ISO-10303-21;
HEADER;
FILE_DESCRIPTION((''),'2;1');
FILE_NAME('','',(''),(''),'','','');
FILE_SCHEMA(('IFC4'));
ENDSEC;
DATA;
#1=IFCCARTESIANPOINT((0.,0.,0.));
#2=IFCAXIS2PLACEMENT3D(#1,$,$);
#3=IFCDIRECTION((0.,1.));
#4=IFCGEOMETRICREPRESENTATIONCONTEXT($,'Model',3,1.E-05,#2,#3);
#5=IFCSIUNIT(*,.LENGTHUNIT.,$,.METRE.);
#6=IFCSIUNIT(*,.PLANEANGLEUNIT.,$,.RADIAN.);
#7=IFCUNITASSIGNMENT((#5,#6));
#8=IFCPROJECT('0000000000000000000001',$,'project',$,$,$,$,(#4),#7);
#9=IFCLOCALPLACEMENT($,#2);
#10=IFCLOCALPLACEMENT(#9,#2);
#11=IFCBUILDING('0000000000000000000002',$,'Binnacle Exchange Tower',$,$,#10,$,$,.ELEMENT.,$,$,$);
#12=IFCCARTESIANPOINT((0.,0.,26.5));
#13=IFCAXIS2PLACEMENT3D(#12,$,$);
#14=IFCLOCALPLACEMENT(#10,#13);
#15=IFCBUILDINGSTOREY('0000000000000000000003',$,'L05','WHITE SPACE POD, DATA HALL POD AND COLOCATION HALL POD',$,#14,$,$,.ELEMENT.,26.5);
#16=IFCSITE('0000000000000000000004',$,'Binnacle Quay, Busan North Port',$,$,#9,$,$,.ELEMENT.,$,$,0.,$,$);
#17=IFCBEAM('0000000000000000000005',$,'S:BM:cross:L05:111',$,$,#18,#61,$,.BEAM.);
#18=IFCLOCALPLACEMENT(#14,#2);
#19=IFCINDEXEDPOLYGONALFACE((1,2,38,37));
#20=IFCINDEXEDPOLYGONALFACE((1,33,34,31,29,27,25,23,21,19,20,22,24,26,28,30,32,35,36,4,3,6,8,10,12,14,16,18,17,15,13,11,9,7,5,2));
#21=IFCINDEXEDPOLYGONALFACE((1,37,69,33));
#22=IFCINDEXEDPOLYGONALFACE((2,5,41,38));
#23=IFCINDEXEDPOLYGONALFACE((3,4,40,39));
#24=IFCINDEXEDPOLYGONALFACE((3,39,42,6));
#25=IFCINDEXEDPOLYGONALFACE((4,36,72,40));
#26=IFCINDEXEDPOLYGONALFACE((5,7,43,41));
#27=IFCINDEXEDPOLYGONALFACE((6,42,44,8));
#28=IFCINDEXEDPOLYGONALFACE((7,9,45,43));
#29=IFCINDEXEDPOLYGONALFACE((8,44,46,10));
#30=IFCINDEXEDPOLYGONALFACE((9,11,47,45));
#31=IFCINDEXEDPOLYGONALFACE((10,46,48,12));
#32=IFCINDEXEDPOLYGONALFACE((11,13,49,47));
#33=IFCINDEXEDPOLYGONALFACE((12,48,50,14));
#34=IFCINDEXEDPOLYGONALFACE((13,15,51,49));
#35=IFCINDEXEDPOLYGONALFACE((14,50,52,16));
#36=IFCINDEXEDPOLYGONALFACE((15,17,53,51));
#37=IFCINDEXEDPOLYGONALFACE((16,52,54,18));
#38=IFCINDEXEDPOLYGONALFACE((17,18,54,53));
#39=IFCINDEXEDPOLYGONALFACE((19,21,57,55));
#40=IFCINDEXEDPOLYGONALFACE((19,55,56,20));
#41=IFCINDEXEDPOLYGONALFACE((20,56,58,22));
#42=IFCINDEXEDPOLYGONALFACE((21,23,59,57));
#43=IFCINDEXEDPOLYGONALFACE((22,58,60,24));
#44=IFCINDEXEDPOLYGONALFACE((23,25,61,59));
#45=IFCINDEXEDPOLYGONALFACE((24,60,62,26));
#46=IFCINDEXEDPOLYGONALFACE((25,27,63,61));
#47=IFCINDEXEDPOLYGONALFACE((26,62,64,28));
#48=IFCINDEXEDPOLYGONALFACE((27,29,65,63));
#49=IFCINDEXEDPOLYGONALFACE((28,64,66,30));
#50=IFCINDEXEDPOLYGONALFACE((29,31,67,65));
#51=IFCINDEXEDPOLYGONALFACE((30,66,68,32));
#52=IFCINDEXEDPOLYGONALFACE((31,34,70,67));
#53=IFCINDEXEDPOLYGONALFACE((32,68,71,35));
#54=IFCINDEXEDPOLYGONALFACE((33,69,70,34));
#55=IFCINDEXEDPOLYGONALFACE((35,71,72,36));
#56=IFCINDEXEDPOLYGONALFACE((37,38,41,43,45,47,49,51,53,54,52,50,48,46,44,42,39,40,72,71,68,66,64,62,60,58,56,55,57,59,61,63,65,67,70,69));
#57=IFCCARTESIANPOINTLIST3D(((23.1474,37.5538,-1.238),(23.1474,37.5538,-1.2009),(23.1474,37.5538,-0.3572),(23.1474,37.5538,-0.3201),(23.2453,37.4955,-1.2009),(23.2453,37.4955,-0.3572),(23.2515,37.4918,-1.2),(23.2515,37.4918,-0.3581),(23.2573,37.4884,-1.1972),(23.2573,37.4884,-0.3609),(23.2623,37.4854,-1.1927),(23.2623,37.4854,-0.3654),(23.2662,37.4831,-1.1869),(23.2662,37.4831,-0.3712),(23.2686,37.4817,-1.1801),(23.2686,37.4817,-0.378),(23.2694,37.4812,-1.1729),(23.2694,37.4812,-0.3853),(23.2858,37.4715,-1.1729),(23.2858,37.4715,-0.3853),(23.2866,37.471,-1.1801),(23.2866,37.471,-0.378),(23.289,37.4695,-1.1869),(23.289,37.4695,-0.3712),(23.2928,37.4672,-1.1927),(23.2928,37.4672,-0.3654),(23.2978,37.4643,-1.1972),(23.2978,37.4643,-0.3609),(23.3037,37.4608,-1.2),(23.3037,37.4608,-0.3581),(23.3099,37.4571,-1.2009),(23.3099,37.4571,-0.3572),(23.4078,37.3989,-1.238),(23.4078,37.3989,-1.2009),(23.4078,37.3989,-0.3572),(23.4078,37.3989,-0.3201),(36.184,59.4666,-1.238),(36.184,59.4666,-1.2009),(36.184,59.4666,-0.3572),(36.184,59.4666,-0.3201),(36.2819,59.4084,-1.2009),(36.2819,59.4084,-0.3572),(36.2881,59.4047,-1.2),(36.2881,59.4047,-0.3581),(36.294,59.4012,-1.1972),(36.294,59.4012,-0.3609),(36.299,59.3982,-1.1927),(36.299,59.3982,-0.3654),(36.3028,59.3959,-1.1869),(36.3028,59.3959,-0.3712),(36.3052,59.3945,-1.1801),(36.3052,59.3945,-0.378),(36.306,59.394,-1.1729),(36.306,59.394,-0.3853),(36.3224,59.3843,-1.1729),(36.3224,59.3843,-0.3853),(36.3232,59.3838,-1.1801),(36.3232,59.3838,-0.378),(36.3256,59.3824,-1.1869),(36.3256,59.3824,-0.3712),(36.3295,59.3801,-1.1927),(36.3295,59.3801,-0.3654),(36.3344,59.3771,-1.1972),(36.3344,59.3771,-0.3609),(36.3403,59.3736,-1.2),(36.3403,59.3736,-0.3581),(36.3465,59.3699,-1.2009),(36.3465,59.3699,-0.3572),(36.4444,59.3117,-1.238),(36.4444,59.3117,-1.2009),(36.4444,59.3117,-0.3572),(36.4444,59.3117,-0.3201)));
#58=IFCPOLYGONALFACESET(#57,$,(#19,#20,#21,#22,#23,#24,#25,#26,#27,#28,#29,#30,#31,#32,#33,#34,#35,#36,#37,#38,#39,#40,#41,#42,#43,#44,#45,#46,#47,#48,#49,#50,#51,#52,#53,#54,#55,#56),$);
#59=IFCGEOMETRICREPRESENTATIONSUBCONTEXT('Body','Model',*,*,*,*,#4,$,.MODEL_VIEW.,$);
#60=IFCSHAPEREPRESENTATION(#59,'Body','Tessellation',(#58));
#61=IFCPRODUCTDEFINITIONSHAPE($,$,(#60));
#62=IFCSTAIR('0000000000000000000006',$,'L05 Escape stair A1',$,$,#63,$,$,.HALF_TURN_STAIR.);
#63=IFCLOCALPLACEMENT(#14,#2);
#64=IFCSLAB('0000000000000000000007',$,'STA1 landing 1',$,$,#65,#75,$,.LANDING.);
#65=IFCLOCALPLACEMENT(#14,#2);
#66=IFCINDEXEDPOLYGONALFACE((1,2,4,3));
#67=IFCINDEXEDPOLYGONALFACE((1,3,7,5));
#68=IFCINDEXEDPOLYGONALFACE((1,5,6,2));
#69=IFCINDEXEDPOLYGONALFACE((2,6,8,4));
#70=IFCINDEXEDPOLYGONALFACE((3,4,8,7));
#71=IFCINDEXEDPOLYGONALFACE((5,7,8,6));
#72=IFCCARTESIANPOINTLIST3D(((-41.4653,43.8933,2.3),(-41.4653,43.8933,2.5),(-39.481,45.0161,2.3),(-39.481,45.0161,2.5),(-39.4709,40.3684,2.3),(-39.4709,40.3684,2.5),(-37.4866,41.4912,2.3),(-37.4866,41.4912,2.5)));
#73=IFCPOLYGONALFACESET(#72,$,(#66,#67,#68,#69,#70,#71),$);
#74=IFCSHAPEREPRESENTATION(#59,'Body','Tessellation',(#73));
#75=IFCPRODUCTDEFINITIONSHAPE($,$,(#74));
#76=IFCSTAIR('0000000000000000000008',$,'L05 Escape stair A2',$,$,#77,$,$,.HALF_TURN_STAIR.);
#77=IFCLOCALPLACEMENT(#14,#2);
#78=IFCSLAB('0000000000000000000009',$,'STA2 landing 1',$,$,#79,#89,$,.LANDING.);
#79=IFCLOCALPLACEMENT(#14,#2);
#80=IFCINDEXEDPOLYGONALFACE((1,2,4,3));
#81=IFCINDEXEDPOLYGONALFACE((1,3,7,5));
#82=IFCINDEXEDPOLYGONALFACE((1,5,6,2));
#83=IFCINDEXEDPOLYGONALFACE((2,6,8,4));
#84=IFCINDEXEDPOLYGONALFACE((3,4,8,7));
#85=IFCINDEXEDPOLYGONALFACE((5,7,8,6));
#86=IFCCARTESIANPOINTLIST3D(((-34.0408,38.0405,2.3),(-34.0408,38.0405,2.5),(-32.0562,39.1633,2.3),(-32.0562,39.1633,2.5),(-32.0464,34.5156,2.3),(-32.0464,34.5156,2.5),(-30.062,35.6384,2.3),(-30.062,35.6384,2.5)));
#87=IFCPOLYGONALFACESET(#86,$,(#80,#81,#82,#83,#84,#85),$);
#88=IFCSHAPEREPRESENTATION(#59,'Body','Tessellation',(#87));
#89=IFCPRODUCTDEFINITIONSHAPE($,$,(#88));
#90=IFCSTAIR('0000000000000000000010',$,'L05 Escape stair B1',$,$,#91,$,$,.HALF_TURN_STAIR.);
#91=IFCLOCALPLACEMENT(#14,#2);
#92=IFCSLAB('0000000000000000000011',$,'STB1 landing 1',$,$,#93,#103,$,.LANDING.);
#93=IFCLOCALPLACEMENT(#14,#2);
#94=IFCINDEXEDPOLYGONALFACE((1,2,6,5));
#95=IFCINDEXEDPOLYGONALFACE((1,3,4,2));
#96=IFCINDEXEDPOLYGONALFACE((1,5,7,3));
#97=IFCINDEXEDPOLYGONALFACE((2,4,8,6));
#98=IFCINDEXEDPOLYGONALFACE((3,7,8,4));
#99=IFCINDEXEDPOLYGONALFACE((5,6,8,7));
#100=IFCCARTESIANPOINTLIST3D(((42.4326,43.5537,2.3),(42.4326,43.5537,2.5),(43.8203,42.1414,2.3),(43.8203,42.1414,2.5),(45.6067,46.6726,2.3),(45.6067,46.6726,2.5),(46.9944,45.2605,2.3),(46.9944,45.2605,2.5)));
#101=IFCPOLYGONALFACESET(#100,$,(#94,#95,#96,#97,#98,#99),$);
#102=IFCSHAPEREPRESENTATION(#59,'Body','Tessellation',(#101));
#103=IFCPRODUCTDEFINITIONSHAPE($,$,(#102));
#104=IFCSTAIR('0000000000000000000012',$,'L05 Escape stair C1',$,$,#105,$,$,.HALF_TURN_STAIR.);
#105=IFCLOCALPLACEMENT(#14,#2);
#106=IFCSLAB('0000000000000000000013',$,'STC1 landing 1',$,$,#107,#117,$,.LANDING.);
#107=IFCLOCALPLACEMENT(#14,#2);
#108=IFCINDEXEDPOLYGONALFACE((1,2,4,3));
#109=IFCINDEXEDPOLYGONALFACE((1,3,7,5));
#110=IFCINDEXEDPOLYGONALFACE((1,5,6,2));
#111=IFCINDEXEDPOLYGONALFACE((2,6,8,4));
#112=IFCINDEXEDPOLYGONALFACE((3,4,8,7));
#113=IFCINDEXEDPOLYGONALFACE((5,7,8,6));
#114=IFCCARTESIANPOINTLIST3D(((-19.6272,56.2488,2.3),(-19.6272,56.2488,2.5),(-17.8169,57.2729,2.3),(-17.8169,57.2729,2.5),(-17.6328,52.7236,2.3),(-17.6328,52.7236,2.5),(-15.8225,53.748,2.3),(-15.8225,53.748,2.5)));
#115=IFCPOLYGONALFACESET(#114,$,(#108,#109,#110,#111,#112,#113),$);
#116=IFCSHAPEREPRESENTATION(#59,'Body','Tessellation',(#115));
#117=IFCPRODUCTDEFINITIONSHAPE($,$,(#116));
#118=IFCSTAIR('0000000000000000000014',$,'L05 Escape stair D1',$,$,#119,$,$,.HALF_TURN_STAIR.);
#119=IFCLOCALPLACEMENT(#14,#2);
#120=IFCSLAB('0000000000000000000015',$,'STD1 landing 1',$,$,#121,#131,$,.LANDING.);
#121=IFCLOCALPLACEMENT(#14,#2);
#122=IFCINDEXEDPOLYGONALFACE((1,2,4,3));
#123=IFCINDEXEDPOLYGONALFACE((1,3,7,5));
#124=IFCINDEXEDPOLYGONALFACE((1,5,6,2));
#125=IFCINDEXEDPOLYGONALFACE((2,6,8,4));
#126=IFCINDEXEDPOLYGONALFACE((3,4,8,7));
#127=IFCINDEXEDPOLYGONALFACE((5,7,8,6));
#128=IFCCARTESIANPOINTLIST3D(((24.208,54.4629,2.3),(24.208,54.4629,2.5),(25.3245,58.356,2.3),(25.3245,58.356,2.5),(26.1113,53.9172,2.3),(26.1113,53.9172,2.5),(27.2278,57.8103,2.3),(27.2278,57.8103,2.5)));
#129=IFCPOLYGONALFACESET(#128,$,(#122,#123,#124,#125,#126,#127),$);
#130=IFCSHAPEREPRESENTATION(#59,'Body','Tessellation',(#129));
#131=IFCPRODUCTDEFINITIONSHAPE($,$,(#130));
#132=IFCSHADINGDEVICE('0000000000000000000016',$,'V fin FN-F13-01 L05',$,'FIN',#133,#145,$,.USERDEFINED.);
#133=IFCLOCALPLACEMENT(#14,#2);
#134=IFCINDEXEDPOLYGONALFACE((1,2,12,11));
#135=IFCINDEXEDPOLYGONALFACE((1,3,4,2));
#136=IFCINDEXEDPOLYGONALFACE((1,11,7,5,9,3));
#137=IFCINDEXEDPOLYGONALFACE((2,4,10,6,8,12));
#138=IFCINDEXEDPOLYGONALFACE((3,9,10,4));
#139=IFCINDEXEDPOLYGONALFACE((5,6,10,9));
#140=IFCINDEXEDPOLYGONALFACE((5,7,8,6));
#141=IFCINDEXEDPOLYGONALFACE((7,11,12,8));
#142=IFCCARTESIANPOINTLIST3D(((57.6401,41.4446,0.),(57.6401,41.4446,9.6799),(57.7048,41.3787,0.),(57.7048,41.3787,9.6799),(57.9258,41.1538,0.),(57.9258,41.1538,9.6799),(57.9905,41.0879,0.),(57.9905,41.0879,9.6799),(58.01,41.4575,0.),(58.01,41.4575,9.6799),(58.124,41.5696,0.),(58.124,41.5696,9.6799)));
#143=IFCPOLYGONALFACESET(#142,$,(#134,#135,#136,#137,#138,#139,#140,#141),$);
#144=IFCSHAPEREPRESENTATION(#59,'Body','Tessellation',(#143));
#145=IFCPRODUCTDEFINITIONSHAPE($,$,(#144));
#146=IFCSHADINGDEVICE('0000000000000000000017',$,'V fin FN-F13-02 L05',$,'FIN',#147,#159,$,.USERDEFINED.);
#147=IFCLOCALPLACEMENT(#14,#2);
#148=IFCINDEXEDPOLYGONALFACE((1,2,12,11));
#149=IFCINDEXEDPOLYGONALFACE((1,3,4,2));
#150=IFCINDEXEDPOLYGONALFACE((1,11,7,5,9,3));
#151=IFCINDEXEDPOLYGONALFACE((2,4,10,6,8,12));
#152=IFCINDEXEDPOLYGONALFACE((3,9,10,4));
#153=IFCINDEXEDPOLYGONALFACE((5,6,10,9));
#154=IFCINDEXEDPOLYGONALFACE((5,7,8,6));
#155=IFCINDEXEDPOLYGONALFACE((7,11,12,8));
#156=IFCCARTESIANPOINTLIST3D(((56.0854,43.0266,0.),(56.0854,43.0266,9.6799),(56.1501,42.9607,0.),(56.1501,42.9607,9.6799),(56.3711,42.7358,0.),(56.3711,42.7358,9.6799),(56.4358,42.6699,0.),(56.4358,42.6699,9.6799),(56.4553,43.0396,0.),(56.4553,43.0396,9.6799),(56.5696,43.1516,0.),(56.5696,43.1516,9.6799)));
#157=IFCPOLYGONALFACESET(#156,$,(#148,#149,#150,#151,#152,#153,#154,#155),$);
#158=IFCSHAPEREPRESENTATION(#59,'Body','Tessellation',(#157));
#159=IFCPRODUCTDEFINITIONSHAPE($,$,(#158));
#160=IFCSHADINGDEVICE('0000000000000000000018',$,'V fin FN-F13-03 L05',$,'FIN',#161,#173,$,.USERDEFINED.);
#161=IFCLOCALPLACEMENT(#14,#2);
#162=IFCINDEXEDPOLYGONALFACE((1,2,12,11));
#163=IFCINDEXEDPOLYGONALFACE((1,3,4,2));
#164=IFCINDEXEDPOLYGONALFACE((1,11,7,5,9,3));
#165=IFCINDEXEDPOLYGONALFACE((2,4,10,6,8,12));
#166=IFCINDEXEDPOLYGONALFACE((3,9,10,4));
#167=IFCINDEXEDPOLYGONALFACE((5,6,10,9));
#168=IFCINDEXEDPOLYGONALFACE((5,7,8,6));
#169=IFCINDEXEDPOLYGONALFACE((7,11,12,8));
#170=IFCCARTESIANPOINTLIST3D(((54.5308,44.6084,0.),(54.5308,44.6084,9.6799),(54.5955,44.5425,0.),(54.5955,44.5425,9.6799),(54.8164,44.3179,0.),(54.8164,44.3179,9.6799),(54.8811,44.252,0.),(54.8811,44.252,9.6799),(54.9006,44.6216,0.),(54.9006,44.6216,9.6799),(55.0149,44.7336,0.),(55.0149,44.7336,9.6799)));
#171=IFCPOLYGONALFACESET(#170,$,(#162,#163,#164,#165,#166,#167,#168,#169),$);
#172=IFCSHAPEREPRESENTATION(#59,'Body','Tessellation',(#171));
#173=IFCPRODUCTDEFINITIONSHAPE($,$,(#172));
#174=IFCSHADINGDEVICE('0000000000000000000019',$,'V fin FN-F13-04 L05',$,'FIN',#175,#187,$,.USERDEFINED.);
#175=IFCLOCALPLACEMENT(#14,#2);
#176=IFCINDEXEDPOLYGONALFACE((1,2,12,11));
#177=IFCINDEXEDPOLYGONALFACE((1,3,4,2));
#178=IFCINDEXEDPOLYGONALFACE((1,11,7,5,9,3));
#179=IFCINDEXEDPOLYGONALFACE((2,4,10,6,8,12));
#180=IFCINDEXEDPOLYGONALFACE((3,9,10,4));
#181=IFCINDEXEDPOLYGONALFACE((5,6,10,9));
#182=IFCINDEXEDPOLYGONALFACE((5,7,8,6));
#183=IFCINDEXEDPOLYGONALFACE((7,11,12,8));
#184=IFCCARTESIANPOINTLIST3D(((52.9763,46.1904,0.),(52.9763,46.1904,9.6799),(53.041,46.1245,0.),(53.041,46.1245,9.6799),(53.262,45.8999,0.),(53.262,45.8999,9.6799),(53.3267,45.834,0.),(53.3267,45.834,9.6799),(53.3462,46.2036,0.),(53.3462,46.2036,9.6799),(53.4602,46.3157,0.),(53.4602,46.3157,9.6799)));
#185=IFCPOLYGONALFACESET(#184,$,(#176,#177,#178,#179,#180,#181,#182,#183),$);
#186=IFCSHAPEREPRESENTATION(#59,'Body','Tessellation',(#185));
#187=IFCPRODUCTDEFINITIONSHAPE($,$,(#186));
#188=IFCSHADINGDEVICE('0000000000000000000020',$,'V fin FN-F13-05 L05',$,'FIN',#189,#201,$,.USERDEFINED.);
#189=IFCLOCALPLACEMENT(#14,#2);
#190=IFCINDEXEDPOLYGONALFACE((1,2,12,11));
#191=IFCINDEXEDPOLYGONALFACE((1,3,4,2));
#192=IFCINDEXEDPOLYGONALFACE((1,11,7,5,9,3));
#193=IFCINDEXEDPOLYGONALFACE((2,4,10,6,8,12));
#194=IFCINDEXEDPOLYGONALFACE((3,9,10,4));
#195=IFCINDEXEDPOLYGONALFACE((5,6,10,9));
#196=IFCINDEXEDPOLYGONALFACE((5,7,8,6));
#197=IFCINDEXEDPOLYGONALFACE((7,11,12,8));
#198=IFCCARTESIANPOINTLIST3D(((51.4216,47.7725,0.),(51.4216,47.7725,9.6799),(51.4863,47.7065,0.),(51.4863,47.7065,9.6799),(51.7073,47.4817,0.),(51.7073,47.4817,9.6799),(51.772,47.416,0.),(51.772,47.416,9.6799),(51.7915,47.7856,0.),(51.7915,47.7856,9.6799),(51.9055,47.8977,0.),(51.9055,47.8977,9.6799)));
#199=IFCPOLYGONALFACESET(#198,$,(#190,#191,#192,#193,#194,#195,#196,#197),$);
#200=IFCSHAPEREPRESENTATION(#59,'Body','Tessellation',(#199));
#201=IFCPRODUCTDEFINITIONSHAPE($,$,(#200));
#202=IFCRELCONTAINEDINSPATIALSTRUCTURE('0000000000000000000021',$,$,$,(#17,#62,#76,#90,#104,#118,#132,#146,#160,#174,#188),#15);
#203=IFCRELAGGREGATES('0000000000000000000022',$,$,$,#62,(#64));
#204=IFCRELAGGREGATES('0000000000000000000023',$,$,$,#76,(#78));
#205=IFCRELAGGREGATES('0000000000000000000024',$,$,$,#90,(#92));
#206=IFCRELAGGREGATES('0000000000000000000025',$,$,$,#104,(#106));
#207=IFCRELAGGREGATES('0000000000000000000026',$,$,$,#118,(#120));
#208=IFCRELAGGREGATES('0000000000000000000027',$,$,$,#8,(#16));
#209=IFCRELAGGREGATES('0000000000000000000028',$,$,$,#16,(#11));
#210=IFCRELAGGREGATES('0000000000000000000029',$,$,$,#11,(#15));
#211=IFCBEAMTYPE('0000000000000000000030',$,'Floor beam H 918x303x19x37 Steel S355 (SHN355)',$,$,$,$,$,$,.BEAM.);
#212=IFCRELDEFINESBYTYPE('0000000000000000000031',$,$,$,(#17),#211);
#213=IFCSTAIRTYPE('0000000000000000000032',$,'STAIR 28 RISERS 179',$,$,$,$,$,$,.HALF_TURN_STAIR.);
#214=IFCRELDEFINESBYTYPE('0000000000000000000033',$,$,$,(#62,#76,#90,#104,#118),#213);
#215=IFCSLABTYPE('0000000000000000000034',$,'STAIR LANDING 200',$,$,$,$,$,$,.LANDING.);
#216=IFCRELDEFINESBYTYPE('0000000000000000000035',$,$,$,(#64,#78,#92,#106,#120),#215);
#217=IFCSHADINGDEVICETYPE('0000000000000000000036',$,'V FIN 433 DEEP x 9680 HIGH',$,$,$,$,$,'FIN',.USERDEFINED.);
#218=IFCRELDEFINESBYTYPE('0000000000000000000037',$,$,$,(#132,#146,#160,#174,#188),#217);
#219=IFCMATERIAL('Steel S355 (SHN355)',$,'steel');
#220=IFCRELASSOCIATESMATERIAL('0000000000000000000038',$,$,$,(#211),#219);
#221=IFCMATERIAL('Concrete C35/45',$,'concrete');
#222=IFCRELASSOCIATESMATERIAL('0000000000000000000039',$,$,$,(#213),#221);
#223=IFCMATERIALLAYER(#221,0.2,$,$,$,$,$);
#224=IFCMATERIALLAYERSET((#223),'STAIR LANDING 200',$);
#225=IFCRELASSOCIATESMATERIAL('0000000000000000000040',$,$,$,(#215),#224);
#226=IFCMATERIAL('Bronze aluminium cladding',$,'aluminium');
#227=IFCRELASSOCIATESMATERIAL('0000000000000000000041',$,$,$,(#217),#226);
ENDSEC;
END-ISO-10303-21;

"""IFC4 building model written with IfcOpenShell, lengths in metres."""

from ifc_helpers import new_model, si_unit, direction, frame, origin, origin_2d, place, context, subcontext, project, spatial, polyline, i_section, outline, extrude, material, layer, layer_set, material_profile, profile_set, type_object, element, aggregate, save


model = new_model("IFC4")

# Units and contexts
model_context = context("Model", 3, precision=1e-05, world=origin(), true_north=direction((0.0, 1.0)))
body_context = subcontext(model_context, "Body", "Model", "MODEL_VIEW")
ifc_project = project(units=[si_unit("LENGTHUNIT", "METRE"), si_unit("PLANEANGLEUNIT", "RADIAN")], contexts=[model_context])

# Site, building, storey
site_placement = place(None, origin())
site = spatial("IfcSite", under=ifc_project, at=site_placement, Name="Binnacle Quay, Busan North Port", CompositionType="ELEMENT", RefElevation=0.0)
building_placement = place(site_placement, origin())
building = spatial("IfcBuilding", under=site, at=building_placement, Name="Binnacle Exchange Tower", CompositionType="ELEMENT")
storey_placement = place(building_placement, frame((0.0, 0.0, 26.5)))
storey = spatial("IfcBuildingStorey", under=building, at=storey_placement, Name="L05", Description="WHITE SPACE POD, DATA HALL POD AND COLOCATION HALL POD", CompositionType="ELEMENT", Elevation=26.5)

# Beam
ifc_material_1 = material(Name="Steel S355 (SHN355)", Category="steel")
ifc_material_profile_1 = material_profile(ifc_material_1, i_section(OverallWidth=0.303, OverallDepth=0.918, WebThickness=0.019, FlangeThickness=0.0371, FilletRadius=0.0281, at=origin_2d()), Name="H 918x303x19x37")
ifc_profile_set_1 = profile_set([ifc_material_profile_1], Name="Steel S355 (SHN355)")
beam_type_1 = type_object("IfcBeamType", Name="Floor beam H 918x303x19x37 Steel S355 (SHN355)", PredefinedType="BEAM", material=ifc_profile_set_1)
beam_1_placement = place(storey_placement, frame((23.2776, 37.4763, -0.7791), z_axis=(0.511289, 0.859409, 0.0), x_axis=(-0.859409, 0.511289, 0.0)))
element("IfcBeam", 1, at=beam_1_placement, inside=storey, type_object=beam_type_1, Name="S:BM:cross:L05:111", PredefinedType="BEAM", context=body_context, shape_type="SweptSolid", body=[
    extrude(i_section(OverallWidth=0.303, OverallDepth=0.918, WebThickness=0.019, FlangeThickness=0.0371, FilletRadius=0.0281, at=origin_2d()), origin(), (0.0, 0.0, 1.0), 25.4976),
])

# Stairs, slabs
ifc_material_2 = material(Name="Concrete C35/45", Category="concrete")
stair_type = type_object("IfcStairType", Name="STAIR 28 RISERS 179", PredefinedType="HALF_TURN_STAIR", material=ifc_material_2)
stair_1_placement = place(storey_placement, origin())
stair_1 = element("IfcStair", 2, at=stair_1_placement, inside=storey, type_object=stair_type, Name="L05 Escape stair A1", PredefinedType="HALF_TURN_STAIR")
ifc_layer_1 = layer(ifc_material_2, 0.2)
ifc_layer_set_1 = layer_set([ifc_layer_1], Name="STAIR LANDING 200")
slab_type = type_object("IfcSlabType", Name="STAIR LANDING 200", PredefinedType="LANDING", material=ifc_layer_set_1)
slab_1_placement = place(storey_placement, frame((0.0, 0.0, 2.3)))
slab_1 = element("IfcSlab", 3, at=slab_1_placement, type_object=slab_type, Name="STA1 landing 1", PredefinedType="LANDING", context=body_context, shape_type="SweptSolid", body=[
    extrude(outline(polyline([(-39.4709, 40.3684), (-37.4866, 41.4912), (-39.481, 45.0161), (-41.4653, 43.8933), (-39.4709, 40.3684)])), origin(), (0.0, 0.0, 1.0), 0.2),
])
aggregate(stair_1, [slab_1])
stair_2_placement = place(storey_placement, origin())
stair_2 = element("IfcStair", 4, at=stair_2_placement, inside=storey, type_object=stair_type, Name="L05 Escape stair A2", PredefinedType="HALF_TURN_STAIR")
slab_2_placement = place(storey_placement, frame((0.0, 0.0, 2.3)))
slab_2 = element("IfcSlab", 5, at=slab_2_placement, type_object=slab_type, Name="STA2 landing 1", PredefinedType="LANDING", context=body_context, shape_type="SweptSolid", body=[
    extrude(outline(polyline([(-32.0562, 39.1633), (-34.0408, 38.0405), (-32.0464, 34.5156), (-30.062, 35.6384), (-32.0562, 39.1633)])), origin(), (0.0, 0.0, 1.0), 0.2),
])
aggregate(stair_2, [slab_2])
stair_3_placement = place(storey_placement, origin())
stair_3 = element("IfcStair", 6, at=stair_3_placement, inside=storey, type_object=stair_type, Name="L05 Escape stair B1", PredefinedType="HALF_TURN_STAIR")
slab_3_placement = place(storey_placement, frame((0.0, 0.0, 2.3)))
slab_3 = element("IfcSlab", 7, at=slab_3_placement, type_object=slab_type, Name="STB1 landing 1", PredefinedType="LANDING", context=body_context, shape_type="SweptSolid", body=[
    extrude(outline(polyline([(42.4326, 43.5537), (43.8203, 42.1414), (46.9944, 45.2605), (45.6067, 46.6726), (42.4326, 43.5537)])), origin(), (0.0, 0.0, 1.0), 0.2),
])
aggregate(stair_3, [slab_3])
stair_4_placement = place(storey_placement, origin())
stair_4 = element("IfcStair", 8, at=stair_4_placement, inside=storey, type_object=stair_type, Name="L05 Escape stair C1", PredefinedType="HALF_TURN_STAIR")
slab_4_placement = place(storey_placement, frame((0.0, 0.0, 2.3)))
slab_4 = element("IfcSlab", 9, at=slab_4_placement, type_object=slab_type, Name="STC1 landing 1", PredefinedType="LANDING", context=body_context, shape_type="SweptSolid", body=[
    extrude(outline(polyline([(-17.6328, 52.7236), (-15.8225, 53.748), (-17.8169, 57.2729), (-19.6272, 56.2488), (-17.6328, 52.7236)])), origin(), (0.0, 0.0, 1.0), 0.2),
])
aggregate(stair_4, [slab_4])
stair_5_placement = place(storey_placement, origin())
stair_5 = element("IfcStair", 10, at=stair_5_placement, inside=storey, type_object=stair_type, Name="L05 Escape stair D1", PredefinedType="HALF_TURN_STAIR")
slab_5_placement = place(storey_placement, frame((0.0, 0.0, 2.3)))
slab_5 = element("IfcSlab", 11, at=slab_5_placement, type_object=slab_type, Name="STD1 landing 1", PredefinedType="LANDING", context=body_context, shape_type="SweptSolid", body=[
    extrude(outline(polyline([(24.208, 54.4629), (26.1113, 53.9172), (27.2278, 57.8103), (25.3245, 58.356), (24.208, 54.4629)])), origin(), (0.0, 0.0, 1.0), 0.2),
])
aggregate(stair_5, [slab_5])

# Shared definitions
ifc_material_3 = material(Name="Bronze aluminium cladding", Category="aluminium")

# Shading devices
shading_device_type = type_object("IfcShadingDeviceType", Name="V FIN 433 DEEP x 9680 HIGH", ElementType="FIN", PredefinedType="USERDEFINED", material=ifc_material_3)
shading_device_1_placement = place(storey_placement, origin())
element("IfcShadingDevice", 12, at=shading_device_1_placement, inside=storey, type_object=shading_device_type, Name="V fin FN-F13-01 L05", ObjectType="FIN", PredefinedType="USERDEFINED", context=body_context, shape_type="SweptSolid", body=[
    extrude(outline(polyline([(57.9905, 41.0879), (58.124, 41.5696), (57.6401, 41.4446), (57.7048, 41.3787), (58.01, 41.4575), (57.9258, 41.1538), (57.9905, 41.0879)])), origin(), (0.0, 0.0, 1.0), 9.6799),
])
shading_device_2_placement = place(storey_placement, origin())
element("IfcShadingDevice", 13, at=shading_device_2_placement, inside=storey, type_object=shading_device_type, Name="V fin FN-F13-02 L05", ObjectType="FIN", PredefinedType="USERDEFINED", context=body_context, shape_type="SweptSolid", body=[
    extrude(outline(polyline([(56.4358, 42.6699), (56.5696, 43.1516), (56.0854, 43.0266), (56.1501, 42.9607), (56.4553, 43.0396), (56.3711, 42.7358), (56.4358, 42.6699)])), origin(), (0.0, 0.0, 1.0), 9.6799),
])
shading_device_3_placement = place(storey_placement, origin())
element("IfcShadingDevice", 14, at=shading_device_3_placement, inside=storey, type_object=shading_device_type, Name="V fin FN-F13-03 L05", ObjectType="FIN", PredefinedType="USERDEFINED", context=body_context, shape_type="SweptSolid", body=[
    extrude(outline(polyline([(54.8811, 44.252), (55.0149, 44.7336), (54.5308, 44.6084), (54.5955, 44.5425), (54.9006, 44.6216), (54.8164, 44.3179), (54.8811, 44.252)])), origin(), (0.0, 0.0, 1.0), 9.6799),
])
shading_device_4_placement = place(storey_placement, origin())
element("IfcShadingDevice", 15, at=shading_device_4_placement, inside=storey, type_object=shading_device_type, Name="V fin FN-F13-04 L05", ObjectType="FIN", PredefinedType="USERDEFINED", context=body_context, shape_type="SweptSolid", body=[
    extrude(outline(polyline([(53.3267, 45.834), (53.4602, 46.3157), (52.9763, 46.1904), (53.041, 46.1245), (53.3462, 46.2036), (53.262, 45.8999), (53.3267, 45.834)])), origin(), (0.0, 0.0, 1.0), 9.6799),
])
shading_device_5_placement = place(storey_placement, origin())
element("IfcShadingDevice", 16, at=shading_device_5_placement, inside=storey, type_object=shading_device_type, Name="V fin FN-F13-05 L05", ObjectType="FIN", PredefinedType="USERDEFINED", context=body_context, shape_type="SweptSolid", body=[
    extrude(outline(polyline([(51.772, 47.416), (51.9055, 47.8977), (51.4216, 47.7725), (51.4863, 47.7065), (51.7915, 47.7856), (51.7073, 47.4817), (51.772, 47.416)])), origin(), (0.0, 0.0, 1.0), 9.6799),
])

save(model, "model.ifc")
